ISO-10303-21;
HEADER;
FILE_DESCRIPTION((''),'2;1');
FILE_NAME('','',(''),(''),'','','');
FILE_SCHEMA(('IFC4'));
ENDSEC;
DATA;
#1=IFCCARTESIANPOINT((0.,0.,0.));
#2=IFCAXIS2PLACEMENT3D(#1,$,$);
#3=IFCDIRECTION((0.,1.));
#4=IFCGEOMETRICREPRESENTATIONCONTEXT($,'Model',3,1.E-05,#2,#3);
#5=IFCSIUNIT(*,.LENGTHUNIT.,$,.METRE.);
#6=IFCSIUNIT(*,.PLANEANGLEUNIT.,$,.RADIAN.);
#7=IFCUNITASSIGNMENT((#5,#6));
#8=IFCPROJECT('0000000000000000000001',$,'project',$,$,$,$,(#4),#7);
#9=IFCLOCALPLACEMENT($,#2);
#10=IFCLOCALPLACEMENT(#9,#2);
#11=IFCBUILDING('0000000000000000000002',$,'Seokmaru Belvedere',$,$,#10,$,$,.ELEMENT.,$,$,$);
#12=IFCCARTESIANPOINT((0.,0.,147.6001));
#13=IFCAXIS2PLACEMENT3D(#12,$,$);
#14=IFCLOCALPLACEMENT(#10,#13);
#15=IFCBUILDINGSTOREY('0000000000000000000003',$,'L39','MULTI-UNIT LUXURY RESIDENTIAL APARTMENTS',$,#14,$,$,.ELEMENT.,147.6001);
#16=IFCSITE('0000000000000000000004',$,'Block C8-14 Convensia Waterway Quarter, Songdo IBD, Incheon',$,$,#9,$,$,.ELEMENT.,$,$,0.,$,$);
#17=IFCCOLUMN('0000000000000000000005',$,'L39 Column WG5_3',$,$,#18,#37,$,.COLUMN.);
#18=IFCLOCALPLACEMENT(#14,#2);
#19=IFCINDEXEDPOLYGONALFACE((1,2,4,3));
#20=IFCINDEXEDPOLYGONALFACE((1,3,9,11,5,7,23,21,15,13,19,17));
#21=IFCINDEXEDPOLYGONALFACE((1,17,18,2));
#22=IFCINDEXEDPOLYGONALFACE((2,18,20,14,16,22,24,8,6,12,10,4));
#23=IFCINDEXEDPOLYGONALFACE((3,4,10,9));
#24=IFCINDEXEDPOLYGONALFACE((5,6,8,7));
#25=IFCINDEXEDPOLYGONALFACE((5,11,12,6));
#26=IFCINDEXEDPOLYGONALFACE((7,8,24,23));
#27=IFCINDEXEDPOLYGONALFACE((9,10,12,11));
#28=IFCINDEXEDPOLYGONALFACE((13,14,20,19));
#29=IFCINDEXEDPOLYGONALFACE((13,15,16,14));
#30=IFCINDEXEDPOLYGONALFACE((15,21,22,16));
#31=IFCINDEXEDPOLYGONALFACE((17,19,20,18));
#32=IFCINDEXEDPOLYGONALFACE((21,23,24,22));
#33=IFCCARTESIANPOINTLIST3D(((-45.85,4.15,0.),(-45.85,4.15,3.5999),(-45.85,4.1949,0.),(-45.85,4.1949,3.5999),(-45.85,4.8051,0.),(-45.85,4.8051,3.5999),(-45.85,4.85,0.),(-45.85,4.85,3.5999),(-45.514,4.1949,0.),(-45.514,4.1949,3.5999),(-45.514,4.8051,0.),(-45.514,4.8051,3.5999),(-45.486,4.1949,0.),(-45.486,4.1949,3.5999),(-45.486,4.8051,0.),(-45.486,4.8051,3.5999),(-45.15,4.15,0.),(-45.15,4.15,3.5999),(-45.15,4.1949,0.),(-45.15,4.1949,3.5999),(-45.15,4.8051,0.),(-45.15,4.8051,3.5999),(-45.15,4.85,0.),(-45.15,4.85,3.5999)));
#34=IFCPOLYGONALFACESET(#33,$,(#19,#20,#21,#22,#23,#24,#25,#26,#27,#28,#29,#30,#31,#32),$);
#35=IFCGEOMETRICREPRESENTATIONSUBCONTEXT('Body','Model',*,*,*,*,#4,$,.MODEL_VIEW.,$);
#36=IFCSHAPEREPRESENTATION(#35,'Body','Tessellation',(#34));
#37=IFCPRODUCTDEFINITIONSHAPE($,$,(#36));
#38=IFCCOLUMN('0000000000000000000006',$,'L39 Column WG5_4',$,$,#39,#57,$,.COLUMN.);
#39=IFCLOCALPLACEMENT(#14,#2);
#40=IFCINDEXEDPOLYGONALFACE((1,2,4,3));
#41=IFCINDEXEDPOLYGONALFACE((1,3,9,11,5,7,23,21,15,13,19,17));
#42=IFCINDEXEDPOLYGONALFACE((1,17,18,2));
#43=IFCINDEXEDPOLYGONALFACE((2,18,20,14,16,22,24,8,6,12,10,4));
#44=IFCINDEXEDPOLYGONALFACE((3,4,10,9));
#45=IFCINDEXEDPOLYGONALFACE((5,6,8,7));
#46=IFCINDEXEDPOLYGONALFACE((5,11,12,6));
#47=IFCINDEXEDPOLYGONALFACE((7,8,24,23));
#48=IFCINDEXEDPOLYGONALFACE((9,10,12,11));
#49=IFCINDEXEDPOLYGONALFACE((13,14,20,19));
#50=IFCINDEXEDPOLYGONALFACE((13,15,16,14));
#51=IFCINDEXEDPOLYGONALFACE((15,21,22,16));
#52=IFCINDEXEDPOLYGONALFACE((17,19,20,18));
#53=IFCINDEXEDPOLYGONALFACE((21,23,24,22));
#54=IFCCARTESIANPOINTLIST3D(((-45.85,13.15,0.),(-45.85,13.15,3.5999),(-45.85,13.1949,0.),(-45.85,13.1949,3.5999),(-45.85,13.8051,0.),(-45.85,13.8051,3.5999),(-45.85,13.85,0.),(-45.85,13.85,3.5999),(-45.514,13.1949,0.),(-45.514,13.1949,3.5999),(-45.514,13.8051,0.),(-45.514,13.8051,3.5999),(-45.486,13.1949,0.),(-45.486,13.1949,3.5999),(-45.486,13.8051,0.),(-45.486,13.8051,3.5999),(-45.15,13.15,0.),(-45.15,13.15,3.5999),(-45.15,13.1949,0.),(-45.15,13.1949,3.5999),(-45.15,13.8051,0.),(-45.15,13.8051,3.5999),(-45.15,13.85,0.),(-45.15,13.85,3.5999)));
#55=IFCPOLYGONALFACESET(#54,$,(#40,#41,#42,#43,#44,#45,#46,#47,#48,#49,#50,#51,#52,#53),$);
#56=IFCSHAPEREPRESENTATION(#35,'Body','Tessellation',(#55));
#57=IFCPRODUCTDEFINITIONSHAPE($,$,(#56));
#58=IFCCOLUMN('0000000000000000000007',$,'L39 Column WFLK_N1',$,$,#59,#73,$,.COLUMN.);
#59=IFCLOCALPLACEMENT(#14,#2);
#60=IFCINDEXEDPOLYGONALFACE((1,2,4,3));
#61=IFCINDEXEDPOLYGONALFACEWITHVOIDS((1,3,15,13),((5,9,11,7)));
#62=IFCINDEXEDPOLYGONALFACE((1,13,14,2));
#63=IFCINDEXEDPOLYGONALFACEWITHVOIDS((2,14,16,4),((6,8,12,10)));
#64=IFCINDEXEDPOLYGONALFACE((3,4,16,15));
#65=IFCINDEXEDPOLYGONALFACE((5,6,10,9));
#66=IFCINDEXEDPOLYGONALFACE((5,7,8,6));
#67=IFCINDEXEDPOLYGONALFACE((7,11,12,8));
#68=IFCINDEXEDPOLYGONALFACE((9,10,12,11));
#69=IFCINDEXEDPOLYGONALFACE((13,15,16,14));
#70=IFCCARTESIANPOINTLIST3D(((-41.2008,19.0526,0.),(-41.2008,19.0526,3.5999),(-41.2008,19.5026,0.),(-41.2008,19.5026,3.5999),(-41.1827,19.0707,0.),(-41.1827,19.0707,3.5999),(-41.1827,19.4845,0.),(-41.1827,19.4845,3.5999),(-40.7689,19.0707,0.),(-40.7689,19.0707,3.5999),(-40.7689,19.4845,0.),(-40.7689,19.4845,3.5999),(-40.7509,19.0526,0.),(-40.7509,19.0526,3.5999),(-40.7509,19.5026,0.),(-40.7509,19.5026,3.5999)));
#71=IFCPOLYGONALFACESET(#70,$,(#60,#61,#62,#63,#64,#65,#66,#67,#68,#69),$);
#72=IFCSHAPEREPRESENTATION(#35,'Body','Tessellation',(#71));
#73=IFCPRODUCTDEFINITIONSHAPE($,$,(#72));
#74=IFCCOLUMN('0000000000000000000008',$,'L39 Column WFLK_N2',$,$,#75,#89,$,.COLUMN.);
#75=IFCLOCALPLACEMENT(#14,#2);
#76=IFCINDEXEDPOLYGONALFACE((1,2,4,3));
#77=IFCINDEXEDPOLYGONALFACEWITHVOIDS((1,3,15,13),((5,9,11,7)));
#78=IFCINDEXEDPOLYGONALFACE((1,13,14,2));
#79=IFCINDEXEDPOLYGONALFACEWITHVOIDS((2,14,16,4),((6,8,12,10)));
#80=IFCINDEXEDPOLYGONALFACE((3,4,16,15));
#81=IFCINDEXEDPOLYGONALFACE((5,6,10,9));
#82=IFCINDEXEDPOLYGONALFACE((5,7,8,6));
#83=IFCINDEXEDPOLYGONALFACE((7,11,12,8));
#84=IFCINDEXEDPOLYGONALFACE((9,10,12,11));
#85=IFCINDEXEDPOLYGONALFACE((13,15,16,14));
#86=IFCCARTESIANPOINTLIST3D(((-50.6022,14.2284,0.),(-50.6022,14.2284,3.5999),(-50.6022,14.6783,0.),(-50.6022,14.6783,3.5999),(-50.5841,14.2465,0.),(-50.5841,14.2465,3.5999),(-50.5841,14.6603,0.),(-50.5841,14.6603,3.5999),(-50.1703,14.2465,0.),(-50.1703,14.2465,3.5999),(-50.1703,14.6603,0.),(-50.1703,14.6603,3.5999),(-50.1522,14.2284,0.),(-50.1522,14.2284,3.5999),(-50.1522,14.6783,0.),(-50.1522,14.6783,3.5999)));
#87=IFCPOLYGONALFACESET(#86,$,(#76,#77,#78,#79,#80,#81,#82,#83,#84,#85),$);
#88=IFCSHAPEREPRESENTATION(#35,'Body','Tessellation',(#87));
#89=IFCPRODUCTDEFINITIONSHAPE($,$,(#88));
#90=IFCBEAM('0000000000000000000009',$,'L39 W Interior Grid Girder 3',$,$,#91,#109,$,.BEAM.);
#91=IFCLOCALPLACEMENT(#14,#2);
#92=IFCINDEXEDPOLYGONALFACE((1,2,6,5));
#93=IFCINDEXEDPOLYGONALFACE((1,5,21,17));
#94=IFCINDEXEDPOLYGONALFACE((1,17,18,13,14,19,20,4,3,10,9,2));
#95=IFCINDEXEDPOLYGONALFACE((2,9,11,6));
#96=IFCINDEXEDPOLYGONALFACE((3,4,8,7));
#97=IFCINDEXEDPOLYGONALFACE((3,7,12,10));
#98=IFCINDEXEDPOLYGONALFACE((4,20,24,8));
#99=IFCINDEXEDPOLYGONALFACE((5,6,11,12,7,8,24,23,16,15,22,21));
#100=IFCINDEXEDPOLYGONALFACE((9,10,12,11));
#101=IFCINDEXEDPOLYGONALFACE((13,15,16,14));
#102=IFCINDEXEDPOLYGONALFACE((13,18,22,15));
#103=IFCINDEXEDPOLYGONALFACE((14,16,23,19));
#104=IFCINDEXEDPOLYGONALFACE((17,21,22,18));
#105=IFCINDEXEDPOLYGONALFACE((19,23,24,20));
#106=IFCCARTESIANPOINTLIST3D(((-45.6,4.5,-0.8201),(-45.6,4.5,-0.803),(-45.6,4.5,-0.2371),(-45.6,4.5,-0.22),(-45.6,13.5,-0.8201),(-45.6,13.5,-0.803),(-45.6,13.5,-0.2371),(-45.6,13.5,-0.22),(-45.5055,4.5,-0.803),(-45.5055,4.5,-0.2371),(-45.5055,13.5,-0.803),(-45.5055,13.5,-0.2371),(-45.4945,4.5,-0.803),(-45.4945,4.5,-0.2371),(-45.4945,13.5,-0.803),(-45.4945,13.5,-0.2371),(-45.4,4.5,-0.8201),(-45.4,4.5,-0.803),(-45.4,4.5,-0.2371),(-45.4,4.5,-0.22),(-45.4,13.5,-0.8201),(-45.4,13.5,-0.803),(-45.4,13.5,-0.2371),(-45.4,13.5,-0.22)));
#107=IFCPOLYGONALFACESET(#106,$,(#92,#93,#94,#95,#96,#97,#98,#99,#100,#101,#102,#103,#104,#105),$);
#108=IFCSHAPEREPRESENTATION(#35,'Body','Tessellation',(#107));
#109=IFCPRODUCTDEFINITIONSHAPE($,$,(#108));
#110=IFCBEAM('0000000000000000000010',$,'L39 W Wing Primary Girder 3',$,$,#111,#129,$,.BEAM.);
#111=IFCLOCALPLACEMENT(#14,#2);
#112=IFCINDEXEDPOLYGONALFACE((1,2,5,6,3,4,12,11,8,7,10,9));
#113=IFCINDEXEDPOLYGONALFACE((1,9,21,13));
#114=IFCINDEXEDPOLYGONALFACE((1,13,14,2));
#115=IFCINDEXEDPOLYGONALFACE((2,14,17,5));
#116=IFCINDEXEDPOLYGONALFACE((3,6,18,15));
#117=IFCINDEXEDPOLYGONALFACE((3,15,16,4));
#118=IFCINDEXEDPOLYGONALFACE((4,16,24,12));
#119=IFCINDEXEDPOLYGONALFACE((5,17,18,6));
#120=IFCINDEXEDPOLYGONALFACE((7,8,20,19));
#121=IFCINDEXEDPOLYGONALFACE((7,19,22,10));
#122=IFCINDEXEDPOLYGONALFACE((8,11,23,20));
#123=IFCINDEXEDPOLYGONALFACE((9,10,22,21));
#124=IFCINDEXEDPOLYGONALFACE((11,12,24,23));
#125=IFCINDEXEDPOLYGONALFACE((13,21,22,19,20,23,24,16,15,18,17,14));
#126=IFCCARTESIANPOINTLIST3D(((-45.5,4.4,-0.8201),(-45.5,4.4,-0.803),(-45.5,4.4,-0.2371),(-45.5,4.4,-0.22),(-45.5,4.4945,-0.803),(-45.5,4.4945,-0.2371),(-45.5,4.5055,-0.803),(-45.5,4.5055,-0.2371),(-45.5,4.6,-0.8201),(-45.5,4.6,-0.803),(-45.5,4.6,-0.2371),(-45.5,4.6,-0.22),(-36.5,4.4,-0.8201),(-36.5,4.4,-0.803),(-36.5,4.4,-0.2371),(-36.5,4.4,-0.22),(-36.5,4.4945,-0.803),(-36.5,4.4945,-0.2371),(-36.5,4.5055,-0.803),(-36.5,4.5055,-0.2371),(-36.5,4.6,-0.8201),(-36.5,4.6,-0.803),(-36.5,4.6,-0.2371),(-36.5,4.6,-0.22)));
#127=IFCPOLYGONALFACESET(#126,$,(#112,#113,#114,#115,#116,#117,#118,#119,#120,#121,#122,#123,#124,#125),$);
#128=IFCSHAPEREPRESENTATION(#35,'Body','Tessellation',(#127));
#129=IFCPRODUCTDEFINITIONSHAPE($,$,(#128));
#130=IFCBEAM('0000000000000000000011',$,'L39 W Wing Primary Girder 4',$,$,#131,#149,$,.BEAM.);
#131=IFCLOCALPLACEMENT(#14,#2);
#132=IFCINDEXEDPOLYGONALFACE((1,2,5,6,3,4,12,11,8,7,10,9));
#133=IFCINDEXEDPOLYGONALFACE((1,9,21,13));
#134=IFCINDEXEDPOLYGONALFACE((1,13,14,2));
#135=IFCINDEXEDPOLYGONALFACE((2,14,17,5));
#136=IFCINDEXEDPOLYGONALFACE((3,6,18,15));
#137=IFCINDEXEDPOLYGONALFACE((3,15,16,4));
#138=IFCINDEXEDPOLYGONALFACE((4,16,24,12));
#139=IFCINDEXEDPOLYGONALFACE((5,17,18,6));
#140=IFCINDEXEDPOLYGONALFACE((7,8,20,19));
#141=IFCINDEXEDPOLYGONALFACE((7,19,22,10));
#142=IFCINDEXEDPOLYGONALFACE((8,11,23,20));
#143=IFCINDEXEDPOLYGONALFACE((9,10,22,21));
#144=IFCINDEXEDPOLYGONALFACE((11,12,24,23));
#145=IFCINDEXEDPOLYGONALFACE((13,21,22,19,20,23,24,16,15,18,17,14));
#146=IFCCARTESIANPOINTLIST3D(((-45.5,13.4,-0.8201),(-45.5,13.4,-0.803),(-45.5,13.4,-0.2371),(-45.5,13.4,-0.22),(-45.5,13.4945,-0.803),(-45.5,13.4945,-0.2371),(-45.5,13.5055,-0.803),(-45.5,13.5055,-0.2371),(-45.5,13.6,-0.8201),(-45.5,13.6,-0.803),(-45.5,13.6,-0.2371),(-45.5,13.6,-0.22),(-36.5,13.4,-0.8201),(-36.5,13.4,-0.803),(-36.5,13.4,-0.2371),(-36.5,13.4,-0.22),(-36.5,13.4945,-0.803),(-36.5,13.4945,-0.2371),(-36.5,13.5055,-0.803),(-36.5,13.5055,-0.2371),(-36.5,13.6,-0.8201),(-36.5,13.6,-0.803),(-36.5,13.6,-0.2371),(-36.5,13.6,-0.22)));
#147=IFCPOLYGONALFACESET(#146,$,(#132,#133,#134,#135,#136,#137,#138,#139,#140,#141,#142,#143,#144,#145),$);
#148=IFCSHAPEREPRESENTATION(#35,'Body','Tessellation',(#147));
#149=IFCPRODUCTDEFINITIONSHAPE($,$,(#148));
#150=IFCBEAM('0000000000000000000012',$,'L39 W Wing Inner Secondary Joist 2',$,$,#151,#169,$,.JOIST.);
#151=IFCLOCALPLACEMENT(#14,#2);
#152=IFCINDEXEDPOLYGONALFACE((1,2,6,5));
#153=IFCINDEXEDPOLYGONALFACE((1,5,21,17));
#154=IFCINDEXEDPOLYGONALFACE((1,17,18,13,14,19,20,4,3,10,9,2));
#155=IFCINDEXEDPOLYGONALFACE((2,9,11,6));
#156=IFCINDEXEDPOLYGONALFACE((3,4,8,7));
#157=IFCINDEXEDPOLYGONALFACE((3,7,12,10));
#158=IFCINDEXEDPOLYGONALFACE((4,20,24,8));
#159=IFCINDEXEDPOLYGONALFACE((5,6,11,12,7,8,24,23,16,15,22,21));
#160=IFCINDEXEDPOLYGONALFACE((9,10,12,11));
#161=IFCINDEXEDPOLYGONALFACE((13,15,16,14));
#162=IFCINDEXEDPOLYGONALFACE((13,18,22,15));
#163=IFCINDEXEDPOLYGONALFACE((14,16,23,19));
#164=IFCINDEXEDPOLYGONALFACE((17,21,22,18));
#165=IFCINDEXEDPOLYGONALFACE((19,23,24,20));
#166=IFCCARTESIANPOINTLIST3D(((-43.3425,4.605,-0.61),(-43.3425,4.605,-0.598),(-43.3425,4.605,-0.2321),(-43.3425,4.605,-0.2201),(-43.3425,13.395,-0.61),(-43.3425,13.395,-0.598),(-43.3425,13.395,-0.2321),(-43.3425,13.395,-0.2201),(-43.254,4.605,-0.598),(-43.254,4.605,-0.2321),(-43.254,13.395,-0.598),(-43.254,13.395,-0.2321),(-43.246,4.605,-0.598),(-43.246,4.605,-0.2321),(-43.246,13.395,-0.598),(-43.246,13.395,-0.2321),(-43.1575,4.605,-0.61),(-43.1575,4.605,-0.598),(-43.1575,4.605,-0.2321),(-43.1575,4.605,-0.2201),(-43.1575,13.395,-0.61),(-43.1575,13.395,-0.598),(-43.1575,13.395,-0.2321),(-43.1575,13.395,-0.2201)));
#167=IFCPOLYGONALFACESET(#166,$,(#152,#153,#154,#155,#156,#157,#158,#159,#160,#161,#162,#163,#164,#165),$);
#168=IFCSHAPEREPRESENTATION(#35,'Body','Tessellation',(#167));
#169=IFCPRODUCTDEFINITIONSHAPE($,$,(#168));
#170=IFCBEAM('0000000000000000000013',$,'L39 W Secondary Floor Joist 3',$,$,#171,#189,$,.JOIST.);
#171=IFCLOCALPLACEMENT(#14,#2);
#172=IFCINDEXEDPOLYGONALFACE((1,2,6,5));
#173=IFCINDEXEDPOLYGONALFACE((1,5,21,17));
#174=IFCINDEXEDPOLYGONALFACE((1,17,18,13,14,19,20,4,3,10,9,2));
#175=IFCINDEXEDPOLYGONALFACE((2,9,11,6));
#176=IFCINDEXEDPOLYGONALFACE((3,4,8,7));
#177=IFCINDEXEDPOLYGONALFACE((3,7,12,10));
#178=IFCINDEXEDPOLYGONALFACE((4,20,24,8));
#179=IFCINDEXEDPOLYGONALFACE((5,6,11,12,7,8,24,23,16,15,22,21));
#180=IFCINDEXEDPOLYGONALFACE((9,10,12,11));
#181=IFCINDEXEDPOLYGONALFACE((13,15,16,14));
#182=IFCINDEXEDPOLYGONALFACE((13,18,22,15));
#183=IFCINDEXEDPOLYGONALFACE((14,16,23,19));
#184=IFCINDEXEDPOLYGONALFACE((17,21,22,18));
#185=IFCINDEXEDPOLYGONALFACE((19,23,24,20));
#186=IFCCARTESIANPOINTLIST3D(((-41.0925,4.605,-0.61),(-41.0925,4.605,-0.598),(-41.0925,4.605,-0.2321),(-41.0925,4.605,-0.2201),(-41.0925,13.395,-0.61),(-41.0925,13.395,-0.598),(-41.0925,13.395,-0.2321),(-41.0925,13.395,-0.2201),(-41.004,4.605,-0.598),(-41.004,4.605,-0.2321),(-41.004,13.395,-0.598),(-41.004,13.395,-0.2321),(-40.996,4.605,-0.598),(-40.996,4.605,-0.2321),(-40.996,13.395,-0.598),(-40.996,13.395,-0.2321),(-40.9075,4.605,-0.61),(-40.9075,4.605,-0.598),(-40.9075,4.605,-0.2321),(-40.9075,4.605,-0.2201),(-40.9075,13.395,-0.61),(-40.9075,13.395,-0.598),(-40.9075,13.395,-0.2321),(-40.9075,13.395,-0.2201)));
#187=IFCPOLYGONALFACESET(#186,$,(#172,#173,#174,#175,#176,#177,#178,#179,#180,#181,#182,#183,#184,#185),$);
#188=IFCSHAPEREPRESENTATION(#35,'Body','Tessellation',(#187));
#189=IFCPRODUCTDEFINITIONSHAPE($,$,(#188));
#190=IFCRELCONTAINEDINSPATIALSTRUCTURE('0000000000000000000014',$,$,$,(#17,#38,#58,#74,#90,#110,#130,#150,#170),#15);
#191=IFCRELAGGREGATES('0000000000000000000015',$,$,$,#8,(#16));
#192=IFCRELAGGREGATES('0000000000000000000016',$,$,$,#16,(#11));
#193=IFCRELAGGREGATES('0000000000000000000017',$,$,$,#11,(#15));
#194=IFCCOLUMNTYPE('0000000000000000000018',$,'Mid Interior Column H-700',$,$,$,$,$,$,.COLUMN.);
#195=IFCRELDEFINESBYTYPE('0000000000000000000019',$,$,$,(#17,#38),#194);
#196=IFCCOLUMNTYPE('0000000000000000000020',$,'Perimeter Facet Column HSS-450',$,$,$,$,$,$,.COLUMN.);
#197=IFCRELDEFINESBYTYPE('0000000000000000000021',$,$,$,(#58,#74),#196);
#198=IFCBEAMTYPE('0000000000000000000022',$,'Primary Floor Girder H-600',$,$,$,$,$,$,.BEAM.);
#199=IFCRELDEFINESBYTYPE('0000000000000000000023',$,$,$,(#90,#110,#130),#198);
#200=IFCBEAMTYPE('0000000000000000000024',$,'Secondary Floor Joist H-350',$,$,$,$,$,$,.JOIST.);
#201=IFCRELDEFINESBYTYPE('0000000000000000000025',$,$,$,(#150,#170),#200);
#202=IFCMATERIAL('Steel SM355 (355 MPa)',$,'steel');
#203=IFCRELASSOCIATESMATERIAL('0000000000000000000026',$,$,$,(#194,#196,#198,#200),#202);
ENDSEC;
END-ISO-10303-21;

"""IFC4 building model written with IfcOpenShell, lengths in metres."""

from ifc_helpers import new_model, si_unit, direction, frame, origin, origin_2d, place, context, subcontext, project, spatial, hollow_rectangle, i_section, extrude, source, transform, mapped, material, material_profile, profile_set, type_object, type_shapes, element, save


model = new_model("IFC4")

# Units and contexts
model_context = context("Model", 3, precision=1e-05, world=origin(), true_north=direction((0.0, 1.0)))
body_context = subcontext(model_context, "Body", "Model", "MODEL_VIEW")
ifc_project = project(units=[si_unit("LENGTHUNIT", "METRE"), si_unit("PLANEANGLEUNIT", "RADIAN")], contexts=[model_context])

# Site, building, storey
site_placement = place(None, origin())
site = spatial("IfcSite", under=ifc_project, at=site_placement, Name="Block C8-14 Convensia Waterway Quarter, Songdo IBD, Incheon", CompositionType="ELEMENT", RefElevation=0.0)
building_placement = place(site_placement, origin())
building = spatial("IfcBuilding", under=site, at=building_placement, Name="Seokmaru Belvedere", CompositionType="ELEMENT")
storey_placement = place(building_placement, frame((0.0, 0.0, 147.6001)))
storey = spatial("IfcBuildingStorey", under=building, at=storey_placement, Name="L39", Description="MULTI-UNIT LUXURY RESIDENTIAL APARTMENTS", CompositionType="ELEMENT", Elevation=147.6001)

# Columns
ifc_material_1 = material(Name="Steel SM355 (355 MPa)", Category="steel")
ifc_material_profile_1 = material_profile(ifc_material_1, i_section(OverallWidth=0.7, OverallDepth=0.7, WebThickness=0.0281, FlangeThickness=0.0449, at=origin_2d()), Name="H-700x700x28x45")
ifc_profile_set_1 = profile_set([ifc_material_profile_1], Name="Steel SM355 (355 MPa)")
column_type_1 = type_object("IfcColumnType", Name="Mid Interior Column H-700", PredefinedType="COLUMN", material=ifc_profile_set_1)
shared_shape_1 = source(origin(), body_context, "Body", "SweptSolid", [
    extrude(i_section(OverallWidth=0.7, OverallDepth=0.7, WebThickness=0.0281, FlangeThickness=0.0449, at=origin_2d()), origin(), (0.0, 0.0, 1.0), 3.5999),
])
type_shapes(column_type_1, [shared_shape_1])
for number, where, z_axis, x_axis, name in (
    (1, (-45.5, 4.5, 0.0), (0.0, 0.0, 1.0), (1.0, 0.0, 0.0), "L39 Column WG5_3"),
    (2, (-45.5, 13.5, 0.0), (0.0, 0.0, 1.0), (1.0, 0.0, 0.0), "L39 Column WG5_4"),
):
    element("IfcColumn", number, at=place(storey_placement, frame(where, z_axis=z_axis, x_axis=x_axis)), inside=storey, type_object=column_type_1, Name=name, PredefinedType="COLUMN", context=body_context, shape_type="MappedRepresentation", body=[
        mapped(shared_shape_1, transform((0.0, 0.0, 0.0), scale=1.0)),
    ])
ifc_material_profile_2 = material_profile(ifc_material_1, hollow_rectangle(XDim=0.45, YDim=0.45, WallThickness=0.0181, at=origin_2d()), Name="HSS-450x450x18")
ifc_profile_set_2 = profile_set([ifc_material_profile_2], Name="Steel SM355 (355 MPa)")
column_type_2 = type_object("IfcColumnType", Name="Perimeter Facet Column HSS-450", PredefinedType="COLUMN", material=ifc_profile_set_2)
shared_shape_2 = source(origin(), body_context, "Body", "SweptSolid", [
    extrude(hollow_rectangle(XDim=0.45, YDim=0.45, WallThickness=0.0181, at=origin_2d()), origin(), (0.0, 0.0, 1.0), 3.5999),
])
type_shapes(column_type_2, [shared_shape_2])
for number, where, z_axis, x_axis, name in (
    (3, (-40.9758, 19.2776, 0.0), (0.0, 0.0, 1.0), (1.0, 0.0, 0.0), "L39 Column WFLK_N1"),
    (4, (-50.3772, 14.4534, 0.0), (0.0, 0.0, 1.0), (1.0, 0.0, 0.0), "L39 Column WFLK_N2"),
):
    element("IfcColumn", number, at=place(storey_placement, frame(where, z_axis=z_axis, x_axis=x_axis)), inside=storey, type_object=column_type_2, Name=name, PredefinedType="COLUMN", context=body_context, shape_type="MappedRepresentation", body=[
        mapped(shared_shape_2, transform((0.0, 0.0, 0.0), scale=1.0)),
    ])

# Beams
ifc_material_profile_3 = material_profile(ifc_material_1, i_section(OverallWidth=0.2, OverallDepth=0.6001, WebThickness=0.011, FlangeThickness=0.0171, at=origin_2d()), Name="H-600x200x11x17")
ifc_profile_set_3 = profile_set([ifc_material_profile_3], Name="Steel SM355 (355 MPa)")
beam_type_1 = type_object("IfcBeamType", Name="Primary Floor Girder H-600", PredefinedType="BEAM", material=ifc_profile_set_3)
shared_shape_3 = source(origin(), body_context, "Body", "SweptSolid", [
    extrude(i_section(OverallWidth=0.2, OverallDepth=0.6001, WebThickness=0.011, FlangeThickness=0.0171, at=origin_2d()), origin(), (0.0, 0.0, 1.0), 9.0),
])
for number, where, z_axis, x_axis, name in (
    (5, (-45.5, 4.5, -0.52), (0.0, 1.0, 0.0), (-1.0, 0.0, 0.0), "L39 W Interior Grid Girder 3"),
    (6, (-45.5, 4.5, -0.52), (1.0, 0.0, 0.0), (0.0, 1.0, 0.0), "L39 W Wing Primary Girder 3"),
    (7, (-45.5, 13.5, -0.52), (1.0, 0.0, 0.0), (0.0, 1.0, 0.0), "L39 W Wing Primary Girder 4"),
):
    element("IfcBeam", number, at=place(storey_placement, frame(where, z_axis=z_axis, x_axis=x_axis)), inside=storey, type_object=beam_type_1, Name=name, PredefinedType="BEAM", context=body_context, shape_type="MappedRepresentation", body=[
        mapped(shared_shape_3, transform((0.0, 0.0, 0.0), scale=1.0)),
    ])
ifc_material_profile_4 = material_profile(ifc_material_1, i_section(OverallWidth=0.1851, OverallDepth=0.3899, WebThickness=0.0081, FlangeThickness=0.012, at=origin_2d()), Name="H-390x185x8x12")
ifc_profile_set_4 = profile_set([ifc_material_profile_4], Name="Steel SM355 (355 MPa)")
beam_type_2 = type_object("IfcBeamType", Name="Secondary Floor Joist H-350", PredefinedType="JOIST", material=ifc_profile_set_4)
shared_shape_4 = source(origin(), body_context, "Body", "SweptSolid", [
    extrude(i_section(OverallWidth=0.1851, OverallDepth=0.3899, WebThickness=0.0081, FlangeThickness=0.012, at=origin_2d()), origin(), (0.0, 0.0, 1.0), 8.79),
])
type_shapes(beam_type_2, [shared_shape_4])
for number, where, z_axis, x_axis, name in (
    (8, (-43.25, 4.605, -0.415), (0.0, 1.0, 0.0), (-1.0, 0.0, 0.0), "L39 W Wing Inner Secondary Joist 2"),
    (9, (-41.0, 4.605, -0.415), (0.0, 1.0, 0.0), (-1.0, 0.0, 0.0), "L39 W Secondary Floor Joist 3"),
):
    element("IfcBeam", number, at=place(storey_placement, frame(where, z_axis=z_axis, x_axis=x_axis)), inside=storey, type_object=beam_type_2, Name=name, PredefinedType="JOIST", context=body_context, shape_type="MappedRepresentation", body=[
        mapped(shared_shape_4, transform((0.0, 0.0, 0.0), scale=1.0)),
    ])

save(model, "model.ifc")
